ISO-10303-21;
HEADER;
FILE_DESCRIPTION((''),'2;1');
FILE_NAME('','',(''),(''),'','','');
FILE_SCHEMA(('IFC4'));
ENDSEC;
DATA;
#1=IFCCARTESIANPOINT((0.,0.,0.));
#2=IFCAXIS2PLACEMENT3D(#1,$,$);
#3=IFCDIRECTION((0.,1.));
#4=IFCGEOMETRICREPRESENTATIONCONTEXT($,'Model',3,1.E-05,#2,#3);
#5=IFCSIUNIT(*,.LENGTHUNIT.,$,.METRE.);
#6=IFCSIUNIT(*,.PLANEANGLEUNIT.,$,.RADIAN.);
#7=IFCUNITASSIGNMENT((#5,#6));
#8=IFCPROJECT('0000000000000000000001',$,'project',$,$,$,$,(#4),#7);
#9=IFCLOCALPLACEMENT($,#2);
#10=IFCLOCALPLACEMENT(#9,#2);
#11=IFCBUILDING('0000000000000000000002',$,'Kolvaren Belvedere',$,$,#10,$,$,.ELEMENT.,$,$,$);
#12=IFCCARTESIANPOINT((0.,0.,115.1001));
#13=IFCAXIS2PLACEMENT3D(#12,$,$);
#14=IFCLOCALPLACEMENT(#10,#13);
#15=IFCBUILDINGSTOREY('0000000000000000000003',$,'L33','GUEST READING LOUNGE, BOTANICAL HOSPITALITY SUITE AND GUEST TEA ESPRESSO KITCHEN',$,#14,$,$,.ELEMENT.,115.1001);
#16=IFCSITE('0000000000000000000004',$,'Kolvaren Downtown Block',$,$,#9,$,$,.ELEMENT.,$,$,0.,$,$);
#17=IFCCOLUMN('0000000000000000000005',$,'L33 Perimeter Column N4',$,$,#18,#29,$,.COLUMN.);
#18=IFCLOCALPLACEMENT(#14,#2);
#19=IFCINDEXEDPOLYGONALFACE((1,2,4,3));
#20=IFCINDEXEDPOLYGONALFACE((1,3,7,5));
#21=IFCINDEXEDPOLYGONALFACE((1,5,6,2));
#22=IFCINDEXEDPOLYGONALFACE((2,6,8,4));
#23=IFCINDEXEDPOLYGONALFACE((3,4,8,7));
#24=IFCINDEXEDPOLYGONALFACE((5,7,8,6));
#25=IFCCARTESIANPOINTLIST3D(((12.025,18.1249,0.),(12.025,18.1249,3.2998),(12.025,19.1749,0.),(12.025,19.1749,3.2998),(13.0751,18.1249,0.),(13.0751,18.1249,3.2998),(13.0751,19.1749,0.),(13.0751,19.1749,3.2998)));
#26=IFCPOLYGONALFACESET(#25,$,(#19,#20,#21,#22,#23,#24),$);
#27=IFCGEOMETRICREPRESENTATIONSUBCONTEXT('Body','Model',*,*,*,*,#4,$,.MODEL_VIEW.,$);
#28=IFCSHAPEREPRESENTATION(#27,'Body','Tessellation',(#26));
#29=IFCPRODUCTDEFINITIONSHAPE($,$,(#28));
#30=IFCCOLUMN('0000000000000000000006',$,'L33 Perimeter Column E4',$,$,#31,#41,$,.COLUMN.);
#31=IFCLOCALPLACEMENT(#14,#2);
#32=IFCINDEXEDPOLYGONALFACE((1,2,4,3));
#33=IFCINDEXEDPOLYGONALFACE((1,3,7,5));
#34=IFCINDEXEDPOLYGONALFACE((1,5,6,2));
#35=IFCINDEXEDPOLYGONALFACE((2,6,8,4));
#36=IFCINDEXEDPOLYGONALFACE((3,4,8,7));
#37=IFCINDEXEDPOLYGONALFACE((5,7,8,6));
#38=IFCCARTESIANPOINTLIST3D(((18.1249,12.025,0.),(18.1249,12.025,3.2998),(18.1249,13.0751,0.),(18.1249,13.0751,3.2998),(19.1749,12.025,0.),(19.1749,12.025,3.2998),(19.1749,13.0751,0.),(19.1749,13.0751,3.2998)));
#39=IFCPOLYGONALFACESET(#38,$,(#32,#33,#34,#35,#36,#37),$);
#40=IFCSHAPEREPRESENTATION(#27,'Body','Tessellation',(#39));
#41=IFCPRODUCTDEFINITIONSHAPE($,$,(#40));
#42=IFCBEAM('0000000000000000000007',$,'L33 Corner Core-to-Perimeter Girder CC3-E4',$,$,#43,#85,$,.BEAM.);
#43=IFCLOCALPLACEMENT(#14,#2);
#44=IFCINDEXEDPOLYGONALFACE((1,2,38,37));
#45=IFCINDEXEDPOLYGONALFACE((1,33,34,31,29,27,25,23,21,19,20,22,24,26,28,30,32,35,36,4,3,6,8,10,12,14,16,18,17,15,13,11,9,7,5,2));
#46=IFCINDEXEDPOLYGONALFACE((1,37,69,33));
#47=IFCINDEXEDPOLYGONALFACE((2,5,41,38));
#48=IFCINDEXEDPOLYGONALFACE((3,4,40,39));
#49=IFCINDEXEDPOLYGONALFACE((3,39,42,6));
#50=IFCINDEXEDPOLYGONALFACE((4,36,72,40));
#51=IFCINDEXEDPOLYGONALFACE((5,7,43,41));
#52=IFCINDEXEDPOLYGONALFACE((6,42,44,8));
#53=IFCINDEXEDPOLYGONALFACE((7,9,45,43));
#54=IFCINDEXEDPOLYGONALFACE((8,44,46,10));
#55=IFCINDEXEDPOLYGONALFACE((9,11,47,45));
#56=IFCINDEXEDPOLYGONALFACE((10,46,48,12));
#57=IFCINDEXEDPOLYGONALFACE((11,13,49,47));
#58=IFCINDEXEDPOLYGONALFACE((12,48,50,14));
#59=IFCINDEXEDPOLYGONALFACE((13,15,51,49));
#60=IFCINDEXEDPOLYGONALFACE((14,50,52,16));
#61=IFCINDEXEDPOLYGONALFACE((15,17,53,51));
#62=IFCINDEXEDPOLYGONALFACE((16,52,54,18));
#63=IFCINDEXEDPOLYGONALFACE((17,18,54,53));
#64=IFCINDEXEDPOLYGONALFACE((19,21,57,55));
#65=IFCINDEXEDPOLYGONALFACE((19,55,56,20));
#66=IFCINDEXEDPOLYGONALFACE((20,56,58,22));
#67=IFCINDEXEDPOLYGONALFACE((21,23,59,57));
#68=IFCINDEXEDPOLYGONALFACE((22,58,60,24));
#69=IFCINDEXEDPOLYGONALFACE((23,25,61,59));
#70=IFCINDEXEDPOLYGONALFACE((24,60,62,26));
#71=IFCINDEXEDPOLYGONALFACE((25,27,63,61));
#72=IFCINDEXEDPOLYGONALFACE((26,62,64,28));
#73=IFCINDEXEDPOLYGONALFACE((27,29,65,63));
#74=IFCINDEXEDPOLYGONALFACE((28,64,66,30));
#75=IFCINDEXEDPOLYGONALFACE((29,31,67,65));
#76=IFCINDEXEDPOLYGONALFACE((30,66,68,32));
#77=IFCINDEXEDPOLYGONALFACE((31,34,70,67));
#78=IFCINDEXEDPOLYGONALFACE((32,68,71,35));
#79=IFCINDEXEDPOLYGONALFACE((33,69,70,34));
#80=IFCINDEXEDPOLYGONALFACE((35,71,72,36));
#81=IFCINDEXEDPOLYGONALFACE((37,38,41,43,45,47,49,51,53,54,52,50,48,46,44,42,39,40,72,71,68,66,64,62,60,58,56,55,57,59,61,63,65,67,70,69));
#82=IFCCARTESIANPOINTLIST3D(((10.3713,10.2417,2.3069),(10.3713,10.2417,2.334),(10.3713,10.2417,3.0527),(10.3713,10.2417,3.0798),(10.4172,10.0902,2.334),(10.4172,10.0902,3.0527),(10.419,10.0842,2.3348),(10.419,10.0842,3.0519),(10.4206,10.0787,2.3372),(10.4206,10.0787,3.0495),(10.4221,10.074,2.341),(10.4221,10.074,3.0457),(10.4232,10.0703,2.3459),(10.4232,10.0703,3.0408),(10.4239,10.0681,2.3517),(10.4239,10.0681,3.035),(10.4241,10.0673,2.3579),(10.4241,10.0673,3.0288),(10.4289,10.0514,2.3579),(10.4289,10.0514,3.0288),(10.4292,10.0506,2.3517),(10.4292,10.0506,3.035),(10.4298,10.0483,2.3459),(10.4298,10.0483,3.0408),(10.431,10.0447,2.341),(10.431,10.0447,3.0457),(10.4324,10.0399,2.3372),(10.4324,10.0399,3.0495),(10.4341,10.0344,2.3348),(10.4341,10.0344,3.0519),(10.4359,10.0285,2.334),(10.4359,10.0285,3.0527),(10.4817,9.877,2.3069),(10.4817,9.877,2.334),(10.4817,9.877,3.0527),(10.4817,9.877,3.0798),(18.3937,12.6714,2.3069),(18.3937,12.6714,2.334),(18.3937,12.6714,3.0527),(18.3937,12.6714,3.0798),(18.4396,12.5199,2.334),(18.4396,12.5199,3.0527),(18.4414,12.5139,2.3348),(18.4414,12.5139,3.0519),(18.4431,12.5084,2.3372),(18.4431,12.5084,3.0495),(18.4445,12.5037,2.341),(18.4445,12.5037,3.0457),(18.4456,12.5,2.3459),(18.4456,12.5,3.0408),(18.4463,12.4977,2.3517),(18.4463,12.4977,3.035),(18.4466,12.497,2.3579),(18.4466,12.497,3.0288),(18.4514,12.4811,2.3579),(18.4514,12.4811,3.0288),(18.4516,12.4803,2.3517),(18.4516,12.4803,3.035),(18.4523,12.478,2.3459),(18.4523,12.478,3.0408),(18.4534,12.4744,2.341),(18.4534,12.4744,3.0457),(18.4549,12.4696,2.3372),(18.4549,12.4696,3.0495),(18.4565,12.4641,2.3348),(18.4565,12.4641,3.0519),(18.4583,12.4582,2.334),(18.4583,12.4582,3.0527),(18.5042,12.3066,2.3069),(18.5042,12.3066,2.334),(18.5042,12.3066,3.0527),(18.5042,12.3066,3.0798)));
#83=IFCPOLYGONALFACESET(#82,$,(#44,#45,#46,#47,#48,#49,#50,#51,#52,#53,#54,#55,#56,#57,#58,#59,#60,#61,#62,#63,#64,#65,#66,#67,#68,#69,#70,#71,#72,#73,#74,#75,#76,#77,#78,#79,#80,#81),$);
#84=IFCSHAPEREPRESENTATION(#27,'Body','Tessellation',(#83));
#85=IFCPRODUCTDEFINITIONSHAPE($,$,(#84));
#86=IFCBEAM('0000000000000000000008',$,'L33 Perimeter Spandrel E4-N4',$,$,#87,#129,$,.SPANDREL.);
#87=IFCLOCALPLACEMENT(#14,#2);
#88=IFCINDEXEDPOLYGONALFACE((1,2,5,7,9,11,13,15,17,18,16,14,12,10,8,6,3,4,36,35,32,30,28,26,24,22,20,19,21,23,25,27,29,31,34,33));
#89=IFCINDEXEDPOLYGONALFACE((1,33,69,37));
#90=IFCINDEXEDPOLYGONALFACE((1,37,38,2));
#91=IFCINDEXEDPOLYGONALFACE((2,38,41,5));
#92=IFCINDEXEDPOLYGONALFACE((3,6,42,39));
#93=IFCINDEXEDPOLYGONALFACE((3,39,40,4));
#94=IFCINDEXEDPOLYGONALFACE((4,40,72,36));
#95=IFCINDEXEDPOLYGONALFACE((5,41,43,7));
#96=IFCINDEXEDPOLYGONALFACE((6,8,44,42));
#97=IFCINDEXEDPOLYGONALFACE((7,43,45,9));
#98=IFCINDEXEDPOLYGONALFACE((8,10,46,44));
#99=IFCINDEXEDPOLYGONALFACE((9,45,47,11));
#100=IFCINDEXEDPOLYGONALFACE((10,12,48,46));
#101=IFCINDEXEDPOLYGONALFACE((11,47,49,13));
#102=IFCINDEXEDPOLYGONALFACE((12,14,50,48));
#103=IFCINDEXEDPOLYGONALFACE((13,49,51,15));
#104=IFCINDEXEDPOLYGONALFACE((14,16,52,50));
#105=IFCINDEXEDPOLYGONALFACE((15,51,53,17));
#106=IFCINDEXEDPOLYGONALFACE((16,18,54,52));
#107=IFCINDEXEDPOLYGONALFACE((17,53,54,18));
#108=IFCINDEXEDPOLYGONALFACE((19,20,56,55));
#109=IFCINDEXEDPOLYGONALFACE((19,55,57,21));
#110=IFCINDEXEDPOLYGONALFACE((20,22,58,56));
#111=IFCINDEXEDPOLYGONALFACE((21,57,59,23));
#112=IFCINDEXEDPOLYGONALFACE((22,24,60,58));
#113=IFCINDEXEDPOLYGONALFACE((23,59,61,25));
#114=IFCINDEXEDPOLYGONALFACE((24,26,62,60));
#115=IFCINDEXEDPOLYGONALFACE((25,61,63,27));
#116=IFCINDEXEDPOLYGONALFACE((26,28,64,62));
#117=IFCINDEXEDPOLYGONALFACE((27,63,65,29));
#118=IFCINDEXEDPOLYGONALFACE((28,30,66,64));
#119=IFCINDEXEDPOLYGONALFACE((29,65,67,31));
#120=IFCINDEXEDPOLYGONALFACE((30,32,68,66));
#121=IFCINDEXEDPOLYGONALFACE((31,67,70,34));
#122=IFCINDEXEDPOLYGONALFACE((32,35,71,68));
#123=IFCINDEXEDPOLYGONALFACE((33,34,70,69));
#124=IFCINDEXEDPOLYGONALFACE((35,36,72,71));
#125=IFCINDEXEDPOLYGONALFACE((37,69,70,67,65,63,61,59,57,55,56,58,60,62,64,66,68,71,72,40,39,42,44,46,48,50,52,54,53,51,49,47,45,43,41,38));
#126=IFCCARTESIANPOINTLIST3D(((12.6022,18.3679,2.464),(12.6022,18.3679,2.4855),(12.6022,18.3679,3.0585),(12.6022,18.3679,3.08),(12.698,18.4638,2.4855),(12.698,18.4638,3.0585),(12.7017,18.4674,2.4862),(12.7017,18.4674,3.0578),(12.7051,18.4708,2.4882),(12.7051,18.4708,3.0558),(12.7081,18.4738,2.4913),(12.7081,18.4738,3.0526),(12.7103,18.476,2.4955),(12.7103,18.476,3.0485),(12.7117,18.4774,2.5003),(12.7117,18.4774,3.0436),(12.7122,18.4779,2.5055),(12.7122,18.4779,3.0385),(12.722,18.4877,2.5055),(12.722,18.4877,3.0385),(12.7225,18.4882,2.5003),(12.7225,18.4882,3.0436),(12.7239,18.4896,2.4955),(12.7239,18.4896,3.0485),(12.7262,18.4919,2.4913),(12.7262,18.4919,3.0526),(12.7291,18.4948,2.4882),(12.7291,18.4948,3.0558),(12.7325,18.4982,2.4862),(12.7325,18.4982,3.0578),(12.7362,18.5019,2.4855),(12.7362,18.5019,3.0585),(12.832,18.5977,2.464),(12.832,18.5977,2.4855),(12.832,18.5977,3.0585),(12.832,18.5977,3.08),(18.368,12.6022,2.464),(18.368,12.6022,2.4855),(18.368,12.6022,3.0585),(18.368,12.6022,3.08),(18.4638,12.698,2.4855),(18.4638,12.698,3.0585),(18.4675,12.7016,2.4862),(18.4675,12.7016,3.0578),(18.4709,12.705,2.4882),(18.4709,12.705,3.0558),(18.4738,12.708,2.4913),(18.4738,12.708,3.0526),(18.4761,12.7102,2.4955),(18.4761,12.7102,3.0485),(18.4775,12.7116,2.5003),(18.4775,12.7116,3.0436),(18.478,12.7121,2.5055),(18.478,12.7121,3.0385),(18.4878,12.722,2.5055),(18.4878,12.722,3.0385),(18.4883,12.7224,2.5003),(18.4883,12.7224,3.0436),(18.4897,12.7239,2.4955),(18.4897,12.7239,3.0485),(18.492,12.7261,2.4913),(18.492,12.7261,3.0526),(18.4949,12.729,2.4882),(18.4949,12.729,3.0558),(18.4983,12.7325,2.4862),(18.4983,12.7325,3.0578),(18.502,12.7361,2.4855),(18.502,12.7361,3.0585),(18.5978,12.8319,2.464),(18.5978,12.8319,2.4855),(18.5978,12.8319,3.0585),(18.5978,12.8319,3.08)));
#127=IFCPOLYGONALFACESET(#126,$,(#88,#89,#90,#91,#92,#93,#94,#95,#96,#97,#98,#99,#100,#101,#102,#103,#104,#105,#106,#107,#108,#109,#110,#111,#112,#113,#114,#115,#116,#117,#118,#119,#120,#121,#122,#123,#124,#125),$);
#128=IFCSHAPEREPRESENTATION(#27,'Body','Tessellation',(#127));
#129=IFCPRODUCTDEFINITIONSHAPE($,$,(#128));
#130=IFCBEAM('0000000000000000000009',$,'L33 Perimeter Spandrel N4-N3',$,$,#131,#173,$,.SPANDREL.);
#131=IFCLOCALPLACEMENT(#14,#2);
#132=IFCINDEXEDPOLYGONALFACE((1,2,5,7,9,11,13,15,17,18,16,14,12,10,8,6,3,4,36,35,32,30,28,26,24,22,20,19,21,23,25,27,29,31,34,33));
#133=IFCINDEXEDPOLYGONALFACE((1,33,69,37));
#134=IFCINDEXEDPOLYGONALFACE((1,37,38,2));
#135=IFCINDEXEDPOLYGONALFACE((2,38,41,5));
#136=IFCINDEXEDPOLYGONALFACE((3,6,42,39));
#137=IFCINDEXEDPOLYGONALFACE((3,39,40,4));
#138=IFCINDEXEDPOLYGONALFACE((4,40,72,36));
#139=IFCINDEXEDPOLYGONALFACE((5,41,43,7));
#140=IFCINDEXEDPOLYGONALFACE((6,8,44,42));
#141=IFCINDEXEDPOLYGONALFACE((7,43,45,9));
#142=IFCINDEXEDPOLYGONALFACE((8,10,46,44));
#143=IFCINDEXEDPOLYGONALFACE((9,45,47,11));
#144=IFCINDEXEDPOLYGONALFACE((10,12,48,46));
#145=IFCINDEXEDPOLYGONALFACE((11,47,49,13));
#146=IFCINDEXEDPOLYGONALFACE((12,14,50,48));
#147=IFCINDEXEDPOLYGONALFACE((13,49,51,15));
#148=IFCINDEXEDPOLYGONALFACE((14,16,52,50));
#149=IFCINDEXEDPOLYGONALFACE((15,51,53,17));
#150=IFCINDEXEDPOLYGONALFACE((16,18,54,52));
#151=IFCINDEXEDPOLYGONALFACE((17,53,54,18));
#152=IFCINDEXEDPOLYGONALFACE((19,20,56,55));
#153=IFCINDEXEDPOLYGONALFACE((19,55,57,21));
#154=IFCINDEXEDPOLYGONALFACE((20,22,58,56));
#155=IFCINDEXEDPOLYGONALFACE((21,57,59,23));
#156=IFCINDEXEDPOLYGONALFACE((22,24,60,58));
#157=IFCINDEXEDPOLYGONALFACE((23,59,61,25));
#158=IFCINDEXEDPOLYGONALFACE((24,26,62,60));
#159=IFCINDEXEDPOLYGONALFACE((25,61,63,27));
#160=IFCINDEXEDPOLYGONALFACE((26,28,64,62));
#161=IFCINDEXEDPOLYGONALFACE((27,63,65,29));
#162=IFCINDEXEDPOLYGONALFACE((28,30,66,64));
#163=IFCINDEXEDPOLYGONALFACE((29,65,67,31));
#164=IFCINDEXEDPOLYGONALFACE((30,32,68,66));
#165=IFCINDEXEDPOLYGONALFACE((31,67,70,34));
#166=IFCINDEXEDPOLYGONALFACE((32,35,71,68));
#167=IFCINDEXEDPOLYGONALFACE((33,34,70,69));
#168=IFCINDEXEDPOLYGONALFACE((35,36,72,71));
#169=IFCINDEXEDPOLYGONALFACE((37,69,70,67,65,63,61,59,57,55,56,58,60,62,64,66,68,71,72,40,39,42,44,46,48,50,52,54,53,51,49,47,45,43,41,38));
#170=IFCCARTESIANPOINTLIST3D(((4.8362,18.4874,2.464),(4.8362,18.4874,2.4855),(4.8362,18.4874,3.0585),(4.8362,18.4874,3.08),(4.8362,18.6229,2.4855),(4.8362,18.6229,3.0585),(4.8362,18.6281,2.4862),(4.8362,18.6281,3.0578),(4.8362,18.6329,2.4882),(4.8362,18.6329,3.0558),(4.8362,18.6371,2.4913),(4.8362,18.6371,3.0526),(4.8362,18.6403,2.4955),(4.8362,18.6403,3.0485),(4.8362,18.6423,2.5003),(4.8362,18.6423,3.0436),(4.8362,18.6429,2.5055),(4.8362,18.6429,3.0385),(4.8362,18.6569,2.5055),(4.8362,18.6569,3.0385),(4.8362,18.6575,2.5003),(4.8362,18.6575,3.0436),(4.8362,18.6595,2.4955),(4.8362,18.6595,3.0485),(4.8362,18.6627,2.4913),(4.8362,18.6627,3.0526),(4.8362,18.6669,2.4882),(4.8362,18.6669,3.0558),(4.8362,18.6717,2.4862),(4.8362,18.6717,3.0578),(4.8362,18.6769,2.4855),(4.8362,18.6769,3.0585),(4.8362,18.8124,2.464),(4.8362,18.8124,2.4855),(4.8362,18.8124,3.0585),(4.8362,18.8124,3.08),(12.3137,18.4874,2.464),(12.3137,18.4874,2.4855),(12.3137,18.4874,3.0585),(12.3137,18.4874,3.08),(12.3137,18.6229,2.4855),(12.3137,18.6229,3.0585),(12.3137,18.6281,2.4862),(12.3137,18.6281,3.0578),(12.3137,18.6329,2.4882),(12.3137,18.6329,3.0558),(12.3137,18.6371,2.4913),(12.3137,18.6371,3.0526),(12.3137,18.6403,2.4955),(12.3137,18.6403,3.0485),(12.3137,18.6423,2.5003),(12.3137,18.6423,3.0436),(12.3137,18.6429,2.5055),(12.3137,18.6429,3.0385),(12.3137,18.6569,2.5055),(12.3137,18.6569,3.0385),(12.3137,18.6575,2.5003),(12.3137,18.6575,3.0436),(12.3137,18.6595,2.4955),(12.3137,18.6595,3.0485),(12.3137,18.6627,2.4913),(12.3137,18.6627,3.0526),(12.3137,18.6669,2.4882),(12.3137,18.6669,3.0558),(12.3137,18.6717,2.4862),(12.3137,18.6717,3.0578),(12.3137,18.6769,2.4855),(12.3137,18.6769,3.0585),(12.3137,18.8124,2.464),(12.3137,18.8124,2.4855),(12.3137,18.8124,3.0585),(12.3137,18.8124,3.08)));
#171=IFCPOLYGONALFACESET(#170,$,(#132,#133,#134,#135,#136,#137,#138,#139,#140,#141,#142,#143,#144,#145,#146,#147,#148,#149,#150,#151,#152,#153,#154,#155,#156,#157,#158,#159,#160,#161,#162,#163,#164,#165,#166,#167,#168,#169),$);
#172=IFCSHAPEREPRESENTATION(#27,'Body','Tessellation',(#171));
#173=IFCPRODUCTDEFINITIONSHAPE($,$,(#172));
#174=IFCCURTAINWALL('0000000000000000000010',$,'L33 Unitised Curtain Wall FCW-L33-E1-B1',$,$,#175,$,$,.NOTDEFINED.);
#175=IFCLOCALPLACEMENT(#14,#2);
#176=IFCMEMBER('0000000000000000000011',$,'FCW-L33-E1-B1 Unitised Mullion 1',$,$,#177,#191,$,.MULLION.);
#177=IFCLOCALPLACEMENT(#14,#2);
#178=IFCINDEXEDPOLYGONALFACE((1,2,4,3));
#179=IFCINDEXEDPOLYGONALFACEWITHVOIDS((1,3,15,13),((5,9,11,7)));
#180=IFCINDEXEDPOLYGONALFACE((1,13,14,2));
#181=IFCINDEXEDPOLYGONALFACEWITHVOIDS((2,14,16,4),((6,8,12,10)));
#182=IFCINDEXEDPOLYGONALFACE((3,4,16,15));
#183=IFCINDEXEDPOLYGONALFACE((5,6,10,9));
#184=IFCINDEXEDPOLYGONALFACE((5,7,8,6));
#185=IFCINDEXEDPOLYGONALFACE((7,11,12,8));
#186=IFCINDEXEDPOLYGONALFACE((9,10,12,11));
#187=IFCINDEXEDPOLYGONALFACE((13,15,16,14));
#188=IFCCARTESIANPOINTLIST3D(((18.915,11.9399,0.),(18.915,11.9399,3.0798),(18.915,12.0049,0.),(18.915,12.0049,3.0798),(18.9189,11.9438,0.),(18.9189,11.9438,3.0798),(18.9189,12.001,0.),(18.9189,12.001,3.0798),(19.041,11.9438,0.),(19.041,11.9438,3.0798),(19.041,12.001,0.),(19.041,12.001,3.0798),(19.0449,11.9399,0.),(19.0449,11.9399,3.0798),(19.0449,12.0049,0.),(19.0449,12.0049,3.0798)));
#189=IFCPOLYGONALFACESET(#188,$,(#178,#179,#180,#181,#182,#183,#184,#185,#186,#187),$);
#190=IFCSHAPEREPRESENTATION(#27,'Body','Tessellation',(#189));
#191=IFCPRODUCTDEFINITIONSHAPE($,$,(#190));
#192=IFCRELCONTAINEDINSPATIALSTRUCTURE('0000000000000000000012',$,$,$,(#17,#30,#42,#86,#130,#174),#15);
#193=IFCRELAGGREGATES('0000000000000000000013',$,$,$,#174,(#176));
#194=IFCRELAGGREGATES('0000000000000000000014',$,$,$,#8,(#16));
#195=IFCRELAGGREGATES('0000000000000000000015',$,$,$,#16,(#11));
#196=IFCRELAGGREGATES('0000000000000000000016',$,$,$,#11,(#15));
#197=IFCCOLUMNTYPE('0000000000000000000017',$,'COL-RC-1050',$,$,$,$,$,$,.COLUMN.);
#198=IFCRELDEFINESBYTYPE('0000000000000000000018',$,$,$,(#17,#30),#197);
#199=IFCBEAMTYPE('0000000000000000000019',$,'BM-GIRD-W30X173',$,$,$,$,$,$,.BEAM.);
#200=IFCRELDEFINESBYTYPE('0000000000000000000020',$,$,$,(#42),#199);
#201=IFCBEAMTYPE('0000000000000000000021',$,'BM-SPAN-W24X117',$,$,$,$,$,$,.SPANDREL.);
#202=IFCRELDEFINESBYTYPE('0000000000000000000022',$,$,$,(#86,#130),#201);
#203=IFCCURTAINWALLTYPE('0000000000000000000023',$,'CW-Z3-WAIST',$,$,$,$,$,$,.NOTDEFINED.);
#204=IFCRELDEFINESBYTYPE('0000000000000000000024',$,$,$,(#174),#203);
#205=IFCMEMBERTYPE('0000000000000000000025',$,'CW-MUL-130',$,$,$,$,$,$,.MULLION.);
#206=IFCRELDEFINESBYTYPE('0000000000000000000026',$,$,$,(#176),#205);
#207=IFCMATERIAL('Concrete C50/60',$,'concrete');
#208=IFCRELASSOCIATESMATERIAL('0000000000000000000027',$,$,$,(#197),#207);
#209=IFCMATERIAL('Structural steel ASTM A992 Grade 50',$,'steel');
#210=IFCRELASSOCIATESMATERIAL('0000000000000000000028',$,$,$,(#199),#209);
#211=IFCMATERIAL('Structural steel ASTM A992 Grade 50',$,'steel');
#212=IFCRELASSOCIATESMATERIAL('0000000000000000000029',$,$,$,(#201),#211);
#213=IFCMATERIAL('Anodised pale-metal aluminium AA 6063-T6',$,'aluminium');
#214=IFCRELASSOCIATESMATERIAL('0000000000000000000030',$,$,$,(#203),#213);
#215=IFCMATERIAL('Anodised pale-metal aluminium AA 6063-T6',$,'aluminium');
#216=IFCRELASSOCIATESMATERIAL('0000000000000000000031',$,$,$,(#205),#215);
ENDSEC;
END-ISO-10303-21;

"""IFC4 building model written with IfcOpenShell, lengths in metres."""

from ifc_helpers import new_model, si_unit, direction, frame, origin, origin_2d, place, context, subcontext, project, spatial, rectangle, hollow_rectangle, i_section, extrude, material, material_profile, profile_set, type_object, element, aggregate, save


model = new_model("IFC4")

# Units and contexts
model_context = context("Model", 3, precision=1e-05, world=origin(), true_north=direction((0.0, 1.0)))
body_context = subcontext(model_context, "Body", "Model", "MODEL_VIEW")
ifc_project = project(units=[si_unit("LENGTHUNIT", "METRE"), si_unit("PLANEANGLEUNIT", "RADIAN")], contexts=[model_context])

# Site, building, storey
site_placement = place(None, origin())
site = spatial("IfcSite", under=ifc_project, at=site_placement, Name="Kolvaren Downtown Block", CompositionType="ELEMENT", RefElevation=0.0)
building_placement = place(site_placement, origin())
building = spatial("IfcBuilding", under=site, at=building_placement, Name="Kolvaren Belvedere", CompositionType="ELEMENT")
storey_placement = place(building_placement, frame((0.0, 0.0, 115.1001)))
storey = spatial("IfcBuildingStorey", under=building, at=storey_placement, Name="L33", Description="GUEST READING LOUNGE, BOTANICAL HOSPITALITY SUITE AND GUEST TEA ESPRESSO KITCHEN", CompositionType="ELEMENT", Elevation=115.1001)

# Columns
ifc_material_1 = material(Name="Concrete C50/60", Category="concrete")
ifc_material_profile_1 = material_profile(ifc_material_1, rectangle(XDim=1.05, YDim=1.05, at=origin_2d()), Name="RC 1050X1050")
ifc_profile_set_1 = profile_set([ifc_material_profile_1], Name="Concrete C50/60")
column_type = type_object("IfcColumnType", Name="COL-RC-1050", PredefinedType="COLUMN", material=ifc_profile_set_1)
for number, where, z_axis, x_axis, name in (
    (1, (12.55, 18.6499, 0.0), (0.0, 0.0, 1.0), (1.0, 0.0, 0.0), "L33 Perimeter Column N4"),
    (2, (18.6499, 12.55, 0.0), (0.0, 0.0, 1.0), (1.0, 0.0, 0.0), "L33 Perimeter Column E4"),
):
    element("IfcColumn", number, at=place(storey_placement, frame(where, z_axis=z_axis, x_axis=x_axis)), inside=storey, type_object=column_type, Name=name, PredefinedType="COLUMN", context=body_context, shape_type="SweptSolid", body=[
        extrude(rectangle(XDim=1.05, YDim=1.05, at=origin_2d()), origin(), (0.0, 0.0, 1.0), 3.2998),
    ])

# Beams
ifc_material_2 = material(Name="Structural steel ASTM A992 Grade 50", Category="steel")
ifc_material_profile_2 = material_profile(ifc_material_2, i_section(OverallWidth=0.3811, OverallDepth=0.7729, WebThickness=0.0166, FlangeThickness=0.0271, FilletRadius=0.0239, at=origin_2d()), Name="W30X173")
ifc_profile_set_2 = profile_set([ifc_material_profile_2], Name="Structural steel ASTM A992 Grade 50")
beam_type_1 = type_object("IfcBeamType", Name="BM-GIRD-W30X173", PredefinedType="BEAM", material=ifc_profile_set_2)
beam_1_placement = place(storey_placement, frame((10.4265, 10.0593, 2.6934), z_axis=(0.957069, 0.289859, 0.0), x_axis=(-0.289859, 0.957069, 0.0)))
element("IfcBeam", 3, at=beam_1_placement, inside=storey, type_object=beam_type_1, Name="L33 Corner Core-to-Perimeter Girder CC3-E4", PredefinedType="BEAM", context=body_context, shape_type="SweptSolid", body=[
    extrude(i_section(OverallWidth=0.3811, OverallDepth=0.7729, WebThickness=0.0166, FlangeThickness=0.0271, FilletRadius=0.0239, at=origin_2d()), origin(), (0.0, 0.0, 1.0), 8.3823),
])
ifc_material_3 = material(Name="Structural steel ASTM A992 Grade 50", Category="steel")
ifc_material_profile_3 = material_profile(ifc_material_3, i_section(OverallWidth=0.325, OverallDepth=0.616, WebThickness=0.0139, FlangeThickness=0.0215, FilletRadius=0.02, at=origin_2d()), Name="W24X117")
ifc_profile_set_3 = profile_set([ifc_material_profile_3], Name="Structural steel ASTM A992 Grade 50")
beam_type_2 = type_object("IfcBeamType", Name="BM-SPAN-W24X117", PredefinedType="SPANDREL", material=ifc_profile_set_3)
beam_2_placement = place(storey_placement, frame((18.4829, 12.717, 2.772), z_axis=(-0.707107, 0.707107, 0.0), x_axis=(-0.707107, -0.707107, 0.0)))
element("IfcBeam", 4, at=beam_2_placement, inside=storey, type_object=beam_type_2, Name="L33 Perimeter Spandrel E4-N4", PredefinedType="SPANDREL", context=body_context, shape_type="SweptSolid", body=[
    extrude(i_section(OverallWidth=0.325, OverallDepth=0.616, WebThickness=0.0139, FlangeThickness=0.0215, FilletRadius=0.02, at=origin_2d()), origin(), (0.0, 0.0, 1.0), 8.1541),
])
beam_3_placement = place(storey_placement, frame((12.3137, 18.6499, 2.772), z_axis=(-1.0, 0.0, 0.0), x_axis=(0.0, -1.0, 0.0)))
element("IfcBeam", 5, at=beam_3_placement, inside=storey, type_object=beam_type_2, Name="L33 Perimeter Spandrel N4-N3", PredefinedType="SPANDREL", context=body_context, shape_type="SweptSolid", body=[
    extrude(i_section(OverallWidth=0.325, OverallDepth=0.616, WebThickness=0.0139, FlangeThickness=0.0215, FilletRadius=0.02, at=origin_2d()), origin(), (0.0, 0.0, 1.0), 7.4775),
])

# Curtain wall, member
ifc_material_4 = material(Name="Anodised pale-metal aluminium AA 6063-T6", Category="aluminium")
curtain_wall_type = type_object("IfcCurtainWallType", Name="CW-Z3-WAIST", PredefinedType="NOTDEFINED", material=ifc_material_4)
curtain_wall_1_placement = place(storey_placement, origin())
curtain_wall_1 = element("IfcCurtainWall", 6, at=curtain_wall_1_placement, inside=storey, type_object=curtain_wall_type, Name="L33 Unitised Curtain Wall FCW-L33-E1-B1", PredefinedType="NOTDEFINED")
ifc_material_5 = material(Name="Anodised pale-metal aluminium AA 6063-T6", Category="aluminium")
ifc_material_profile_4 = material_profile(ifc_material_5, hollow_rectangle(XDim=0.0649, YDim=0.1299, WallThickness=0.0039, at=origin_2d()), Name="ALU-MUL-130X65")
ifc_profile_set_4 = profile_set([ifc_material_profile_4], Name="Anodised pale-metal aluminium AA 6063-T6")
member_type_1 = type_object("IfcMemberType", Name="CW-MUL-130", PredefinedType="MULLION", material=ifc_profile_set_4)
member_1_placement = place(storey_placement, frame((18.98, 11.9724, 0.0), z_axis=(0.0, 0.0, 1.0), x_axis=(0.0, 1.0, 0.0)))
member_1 = element("IfcMember", 7, at=member_1_placement, type_object=member_type_1, Name="FCW-L33-E1-B1 Unitised Mullion 1", PredefinedType="MULLION", context=body_context, shape_type="SweptSolid", body=[
    extrude(hollow_rectangle(XDim=0.0649, YDim=0.1299, WallThickness=0.0039, at=origin_2d()), origin(), (0.0, 0.0, 1.0), 3.0798),
])

aggregate(curtain_wall_1, [member_1])

save(model, "model.ifc")
